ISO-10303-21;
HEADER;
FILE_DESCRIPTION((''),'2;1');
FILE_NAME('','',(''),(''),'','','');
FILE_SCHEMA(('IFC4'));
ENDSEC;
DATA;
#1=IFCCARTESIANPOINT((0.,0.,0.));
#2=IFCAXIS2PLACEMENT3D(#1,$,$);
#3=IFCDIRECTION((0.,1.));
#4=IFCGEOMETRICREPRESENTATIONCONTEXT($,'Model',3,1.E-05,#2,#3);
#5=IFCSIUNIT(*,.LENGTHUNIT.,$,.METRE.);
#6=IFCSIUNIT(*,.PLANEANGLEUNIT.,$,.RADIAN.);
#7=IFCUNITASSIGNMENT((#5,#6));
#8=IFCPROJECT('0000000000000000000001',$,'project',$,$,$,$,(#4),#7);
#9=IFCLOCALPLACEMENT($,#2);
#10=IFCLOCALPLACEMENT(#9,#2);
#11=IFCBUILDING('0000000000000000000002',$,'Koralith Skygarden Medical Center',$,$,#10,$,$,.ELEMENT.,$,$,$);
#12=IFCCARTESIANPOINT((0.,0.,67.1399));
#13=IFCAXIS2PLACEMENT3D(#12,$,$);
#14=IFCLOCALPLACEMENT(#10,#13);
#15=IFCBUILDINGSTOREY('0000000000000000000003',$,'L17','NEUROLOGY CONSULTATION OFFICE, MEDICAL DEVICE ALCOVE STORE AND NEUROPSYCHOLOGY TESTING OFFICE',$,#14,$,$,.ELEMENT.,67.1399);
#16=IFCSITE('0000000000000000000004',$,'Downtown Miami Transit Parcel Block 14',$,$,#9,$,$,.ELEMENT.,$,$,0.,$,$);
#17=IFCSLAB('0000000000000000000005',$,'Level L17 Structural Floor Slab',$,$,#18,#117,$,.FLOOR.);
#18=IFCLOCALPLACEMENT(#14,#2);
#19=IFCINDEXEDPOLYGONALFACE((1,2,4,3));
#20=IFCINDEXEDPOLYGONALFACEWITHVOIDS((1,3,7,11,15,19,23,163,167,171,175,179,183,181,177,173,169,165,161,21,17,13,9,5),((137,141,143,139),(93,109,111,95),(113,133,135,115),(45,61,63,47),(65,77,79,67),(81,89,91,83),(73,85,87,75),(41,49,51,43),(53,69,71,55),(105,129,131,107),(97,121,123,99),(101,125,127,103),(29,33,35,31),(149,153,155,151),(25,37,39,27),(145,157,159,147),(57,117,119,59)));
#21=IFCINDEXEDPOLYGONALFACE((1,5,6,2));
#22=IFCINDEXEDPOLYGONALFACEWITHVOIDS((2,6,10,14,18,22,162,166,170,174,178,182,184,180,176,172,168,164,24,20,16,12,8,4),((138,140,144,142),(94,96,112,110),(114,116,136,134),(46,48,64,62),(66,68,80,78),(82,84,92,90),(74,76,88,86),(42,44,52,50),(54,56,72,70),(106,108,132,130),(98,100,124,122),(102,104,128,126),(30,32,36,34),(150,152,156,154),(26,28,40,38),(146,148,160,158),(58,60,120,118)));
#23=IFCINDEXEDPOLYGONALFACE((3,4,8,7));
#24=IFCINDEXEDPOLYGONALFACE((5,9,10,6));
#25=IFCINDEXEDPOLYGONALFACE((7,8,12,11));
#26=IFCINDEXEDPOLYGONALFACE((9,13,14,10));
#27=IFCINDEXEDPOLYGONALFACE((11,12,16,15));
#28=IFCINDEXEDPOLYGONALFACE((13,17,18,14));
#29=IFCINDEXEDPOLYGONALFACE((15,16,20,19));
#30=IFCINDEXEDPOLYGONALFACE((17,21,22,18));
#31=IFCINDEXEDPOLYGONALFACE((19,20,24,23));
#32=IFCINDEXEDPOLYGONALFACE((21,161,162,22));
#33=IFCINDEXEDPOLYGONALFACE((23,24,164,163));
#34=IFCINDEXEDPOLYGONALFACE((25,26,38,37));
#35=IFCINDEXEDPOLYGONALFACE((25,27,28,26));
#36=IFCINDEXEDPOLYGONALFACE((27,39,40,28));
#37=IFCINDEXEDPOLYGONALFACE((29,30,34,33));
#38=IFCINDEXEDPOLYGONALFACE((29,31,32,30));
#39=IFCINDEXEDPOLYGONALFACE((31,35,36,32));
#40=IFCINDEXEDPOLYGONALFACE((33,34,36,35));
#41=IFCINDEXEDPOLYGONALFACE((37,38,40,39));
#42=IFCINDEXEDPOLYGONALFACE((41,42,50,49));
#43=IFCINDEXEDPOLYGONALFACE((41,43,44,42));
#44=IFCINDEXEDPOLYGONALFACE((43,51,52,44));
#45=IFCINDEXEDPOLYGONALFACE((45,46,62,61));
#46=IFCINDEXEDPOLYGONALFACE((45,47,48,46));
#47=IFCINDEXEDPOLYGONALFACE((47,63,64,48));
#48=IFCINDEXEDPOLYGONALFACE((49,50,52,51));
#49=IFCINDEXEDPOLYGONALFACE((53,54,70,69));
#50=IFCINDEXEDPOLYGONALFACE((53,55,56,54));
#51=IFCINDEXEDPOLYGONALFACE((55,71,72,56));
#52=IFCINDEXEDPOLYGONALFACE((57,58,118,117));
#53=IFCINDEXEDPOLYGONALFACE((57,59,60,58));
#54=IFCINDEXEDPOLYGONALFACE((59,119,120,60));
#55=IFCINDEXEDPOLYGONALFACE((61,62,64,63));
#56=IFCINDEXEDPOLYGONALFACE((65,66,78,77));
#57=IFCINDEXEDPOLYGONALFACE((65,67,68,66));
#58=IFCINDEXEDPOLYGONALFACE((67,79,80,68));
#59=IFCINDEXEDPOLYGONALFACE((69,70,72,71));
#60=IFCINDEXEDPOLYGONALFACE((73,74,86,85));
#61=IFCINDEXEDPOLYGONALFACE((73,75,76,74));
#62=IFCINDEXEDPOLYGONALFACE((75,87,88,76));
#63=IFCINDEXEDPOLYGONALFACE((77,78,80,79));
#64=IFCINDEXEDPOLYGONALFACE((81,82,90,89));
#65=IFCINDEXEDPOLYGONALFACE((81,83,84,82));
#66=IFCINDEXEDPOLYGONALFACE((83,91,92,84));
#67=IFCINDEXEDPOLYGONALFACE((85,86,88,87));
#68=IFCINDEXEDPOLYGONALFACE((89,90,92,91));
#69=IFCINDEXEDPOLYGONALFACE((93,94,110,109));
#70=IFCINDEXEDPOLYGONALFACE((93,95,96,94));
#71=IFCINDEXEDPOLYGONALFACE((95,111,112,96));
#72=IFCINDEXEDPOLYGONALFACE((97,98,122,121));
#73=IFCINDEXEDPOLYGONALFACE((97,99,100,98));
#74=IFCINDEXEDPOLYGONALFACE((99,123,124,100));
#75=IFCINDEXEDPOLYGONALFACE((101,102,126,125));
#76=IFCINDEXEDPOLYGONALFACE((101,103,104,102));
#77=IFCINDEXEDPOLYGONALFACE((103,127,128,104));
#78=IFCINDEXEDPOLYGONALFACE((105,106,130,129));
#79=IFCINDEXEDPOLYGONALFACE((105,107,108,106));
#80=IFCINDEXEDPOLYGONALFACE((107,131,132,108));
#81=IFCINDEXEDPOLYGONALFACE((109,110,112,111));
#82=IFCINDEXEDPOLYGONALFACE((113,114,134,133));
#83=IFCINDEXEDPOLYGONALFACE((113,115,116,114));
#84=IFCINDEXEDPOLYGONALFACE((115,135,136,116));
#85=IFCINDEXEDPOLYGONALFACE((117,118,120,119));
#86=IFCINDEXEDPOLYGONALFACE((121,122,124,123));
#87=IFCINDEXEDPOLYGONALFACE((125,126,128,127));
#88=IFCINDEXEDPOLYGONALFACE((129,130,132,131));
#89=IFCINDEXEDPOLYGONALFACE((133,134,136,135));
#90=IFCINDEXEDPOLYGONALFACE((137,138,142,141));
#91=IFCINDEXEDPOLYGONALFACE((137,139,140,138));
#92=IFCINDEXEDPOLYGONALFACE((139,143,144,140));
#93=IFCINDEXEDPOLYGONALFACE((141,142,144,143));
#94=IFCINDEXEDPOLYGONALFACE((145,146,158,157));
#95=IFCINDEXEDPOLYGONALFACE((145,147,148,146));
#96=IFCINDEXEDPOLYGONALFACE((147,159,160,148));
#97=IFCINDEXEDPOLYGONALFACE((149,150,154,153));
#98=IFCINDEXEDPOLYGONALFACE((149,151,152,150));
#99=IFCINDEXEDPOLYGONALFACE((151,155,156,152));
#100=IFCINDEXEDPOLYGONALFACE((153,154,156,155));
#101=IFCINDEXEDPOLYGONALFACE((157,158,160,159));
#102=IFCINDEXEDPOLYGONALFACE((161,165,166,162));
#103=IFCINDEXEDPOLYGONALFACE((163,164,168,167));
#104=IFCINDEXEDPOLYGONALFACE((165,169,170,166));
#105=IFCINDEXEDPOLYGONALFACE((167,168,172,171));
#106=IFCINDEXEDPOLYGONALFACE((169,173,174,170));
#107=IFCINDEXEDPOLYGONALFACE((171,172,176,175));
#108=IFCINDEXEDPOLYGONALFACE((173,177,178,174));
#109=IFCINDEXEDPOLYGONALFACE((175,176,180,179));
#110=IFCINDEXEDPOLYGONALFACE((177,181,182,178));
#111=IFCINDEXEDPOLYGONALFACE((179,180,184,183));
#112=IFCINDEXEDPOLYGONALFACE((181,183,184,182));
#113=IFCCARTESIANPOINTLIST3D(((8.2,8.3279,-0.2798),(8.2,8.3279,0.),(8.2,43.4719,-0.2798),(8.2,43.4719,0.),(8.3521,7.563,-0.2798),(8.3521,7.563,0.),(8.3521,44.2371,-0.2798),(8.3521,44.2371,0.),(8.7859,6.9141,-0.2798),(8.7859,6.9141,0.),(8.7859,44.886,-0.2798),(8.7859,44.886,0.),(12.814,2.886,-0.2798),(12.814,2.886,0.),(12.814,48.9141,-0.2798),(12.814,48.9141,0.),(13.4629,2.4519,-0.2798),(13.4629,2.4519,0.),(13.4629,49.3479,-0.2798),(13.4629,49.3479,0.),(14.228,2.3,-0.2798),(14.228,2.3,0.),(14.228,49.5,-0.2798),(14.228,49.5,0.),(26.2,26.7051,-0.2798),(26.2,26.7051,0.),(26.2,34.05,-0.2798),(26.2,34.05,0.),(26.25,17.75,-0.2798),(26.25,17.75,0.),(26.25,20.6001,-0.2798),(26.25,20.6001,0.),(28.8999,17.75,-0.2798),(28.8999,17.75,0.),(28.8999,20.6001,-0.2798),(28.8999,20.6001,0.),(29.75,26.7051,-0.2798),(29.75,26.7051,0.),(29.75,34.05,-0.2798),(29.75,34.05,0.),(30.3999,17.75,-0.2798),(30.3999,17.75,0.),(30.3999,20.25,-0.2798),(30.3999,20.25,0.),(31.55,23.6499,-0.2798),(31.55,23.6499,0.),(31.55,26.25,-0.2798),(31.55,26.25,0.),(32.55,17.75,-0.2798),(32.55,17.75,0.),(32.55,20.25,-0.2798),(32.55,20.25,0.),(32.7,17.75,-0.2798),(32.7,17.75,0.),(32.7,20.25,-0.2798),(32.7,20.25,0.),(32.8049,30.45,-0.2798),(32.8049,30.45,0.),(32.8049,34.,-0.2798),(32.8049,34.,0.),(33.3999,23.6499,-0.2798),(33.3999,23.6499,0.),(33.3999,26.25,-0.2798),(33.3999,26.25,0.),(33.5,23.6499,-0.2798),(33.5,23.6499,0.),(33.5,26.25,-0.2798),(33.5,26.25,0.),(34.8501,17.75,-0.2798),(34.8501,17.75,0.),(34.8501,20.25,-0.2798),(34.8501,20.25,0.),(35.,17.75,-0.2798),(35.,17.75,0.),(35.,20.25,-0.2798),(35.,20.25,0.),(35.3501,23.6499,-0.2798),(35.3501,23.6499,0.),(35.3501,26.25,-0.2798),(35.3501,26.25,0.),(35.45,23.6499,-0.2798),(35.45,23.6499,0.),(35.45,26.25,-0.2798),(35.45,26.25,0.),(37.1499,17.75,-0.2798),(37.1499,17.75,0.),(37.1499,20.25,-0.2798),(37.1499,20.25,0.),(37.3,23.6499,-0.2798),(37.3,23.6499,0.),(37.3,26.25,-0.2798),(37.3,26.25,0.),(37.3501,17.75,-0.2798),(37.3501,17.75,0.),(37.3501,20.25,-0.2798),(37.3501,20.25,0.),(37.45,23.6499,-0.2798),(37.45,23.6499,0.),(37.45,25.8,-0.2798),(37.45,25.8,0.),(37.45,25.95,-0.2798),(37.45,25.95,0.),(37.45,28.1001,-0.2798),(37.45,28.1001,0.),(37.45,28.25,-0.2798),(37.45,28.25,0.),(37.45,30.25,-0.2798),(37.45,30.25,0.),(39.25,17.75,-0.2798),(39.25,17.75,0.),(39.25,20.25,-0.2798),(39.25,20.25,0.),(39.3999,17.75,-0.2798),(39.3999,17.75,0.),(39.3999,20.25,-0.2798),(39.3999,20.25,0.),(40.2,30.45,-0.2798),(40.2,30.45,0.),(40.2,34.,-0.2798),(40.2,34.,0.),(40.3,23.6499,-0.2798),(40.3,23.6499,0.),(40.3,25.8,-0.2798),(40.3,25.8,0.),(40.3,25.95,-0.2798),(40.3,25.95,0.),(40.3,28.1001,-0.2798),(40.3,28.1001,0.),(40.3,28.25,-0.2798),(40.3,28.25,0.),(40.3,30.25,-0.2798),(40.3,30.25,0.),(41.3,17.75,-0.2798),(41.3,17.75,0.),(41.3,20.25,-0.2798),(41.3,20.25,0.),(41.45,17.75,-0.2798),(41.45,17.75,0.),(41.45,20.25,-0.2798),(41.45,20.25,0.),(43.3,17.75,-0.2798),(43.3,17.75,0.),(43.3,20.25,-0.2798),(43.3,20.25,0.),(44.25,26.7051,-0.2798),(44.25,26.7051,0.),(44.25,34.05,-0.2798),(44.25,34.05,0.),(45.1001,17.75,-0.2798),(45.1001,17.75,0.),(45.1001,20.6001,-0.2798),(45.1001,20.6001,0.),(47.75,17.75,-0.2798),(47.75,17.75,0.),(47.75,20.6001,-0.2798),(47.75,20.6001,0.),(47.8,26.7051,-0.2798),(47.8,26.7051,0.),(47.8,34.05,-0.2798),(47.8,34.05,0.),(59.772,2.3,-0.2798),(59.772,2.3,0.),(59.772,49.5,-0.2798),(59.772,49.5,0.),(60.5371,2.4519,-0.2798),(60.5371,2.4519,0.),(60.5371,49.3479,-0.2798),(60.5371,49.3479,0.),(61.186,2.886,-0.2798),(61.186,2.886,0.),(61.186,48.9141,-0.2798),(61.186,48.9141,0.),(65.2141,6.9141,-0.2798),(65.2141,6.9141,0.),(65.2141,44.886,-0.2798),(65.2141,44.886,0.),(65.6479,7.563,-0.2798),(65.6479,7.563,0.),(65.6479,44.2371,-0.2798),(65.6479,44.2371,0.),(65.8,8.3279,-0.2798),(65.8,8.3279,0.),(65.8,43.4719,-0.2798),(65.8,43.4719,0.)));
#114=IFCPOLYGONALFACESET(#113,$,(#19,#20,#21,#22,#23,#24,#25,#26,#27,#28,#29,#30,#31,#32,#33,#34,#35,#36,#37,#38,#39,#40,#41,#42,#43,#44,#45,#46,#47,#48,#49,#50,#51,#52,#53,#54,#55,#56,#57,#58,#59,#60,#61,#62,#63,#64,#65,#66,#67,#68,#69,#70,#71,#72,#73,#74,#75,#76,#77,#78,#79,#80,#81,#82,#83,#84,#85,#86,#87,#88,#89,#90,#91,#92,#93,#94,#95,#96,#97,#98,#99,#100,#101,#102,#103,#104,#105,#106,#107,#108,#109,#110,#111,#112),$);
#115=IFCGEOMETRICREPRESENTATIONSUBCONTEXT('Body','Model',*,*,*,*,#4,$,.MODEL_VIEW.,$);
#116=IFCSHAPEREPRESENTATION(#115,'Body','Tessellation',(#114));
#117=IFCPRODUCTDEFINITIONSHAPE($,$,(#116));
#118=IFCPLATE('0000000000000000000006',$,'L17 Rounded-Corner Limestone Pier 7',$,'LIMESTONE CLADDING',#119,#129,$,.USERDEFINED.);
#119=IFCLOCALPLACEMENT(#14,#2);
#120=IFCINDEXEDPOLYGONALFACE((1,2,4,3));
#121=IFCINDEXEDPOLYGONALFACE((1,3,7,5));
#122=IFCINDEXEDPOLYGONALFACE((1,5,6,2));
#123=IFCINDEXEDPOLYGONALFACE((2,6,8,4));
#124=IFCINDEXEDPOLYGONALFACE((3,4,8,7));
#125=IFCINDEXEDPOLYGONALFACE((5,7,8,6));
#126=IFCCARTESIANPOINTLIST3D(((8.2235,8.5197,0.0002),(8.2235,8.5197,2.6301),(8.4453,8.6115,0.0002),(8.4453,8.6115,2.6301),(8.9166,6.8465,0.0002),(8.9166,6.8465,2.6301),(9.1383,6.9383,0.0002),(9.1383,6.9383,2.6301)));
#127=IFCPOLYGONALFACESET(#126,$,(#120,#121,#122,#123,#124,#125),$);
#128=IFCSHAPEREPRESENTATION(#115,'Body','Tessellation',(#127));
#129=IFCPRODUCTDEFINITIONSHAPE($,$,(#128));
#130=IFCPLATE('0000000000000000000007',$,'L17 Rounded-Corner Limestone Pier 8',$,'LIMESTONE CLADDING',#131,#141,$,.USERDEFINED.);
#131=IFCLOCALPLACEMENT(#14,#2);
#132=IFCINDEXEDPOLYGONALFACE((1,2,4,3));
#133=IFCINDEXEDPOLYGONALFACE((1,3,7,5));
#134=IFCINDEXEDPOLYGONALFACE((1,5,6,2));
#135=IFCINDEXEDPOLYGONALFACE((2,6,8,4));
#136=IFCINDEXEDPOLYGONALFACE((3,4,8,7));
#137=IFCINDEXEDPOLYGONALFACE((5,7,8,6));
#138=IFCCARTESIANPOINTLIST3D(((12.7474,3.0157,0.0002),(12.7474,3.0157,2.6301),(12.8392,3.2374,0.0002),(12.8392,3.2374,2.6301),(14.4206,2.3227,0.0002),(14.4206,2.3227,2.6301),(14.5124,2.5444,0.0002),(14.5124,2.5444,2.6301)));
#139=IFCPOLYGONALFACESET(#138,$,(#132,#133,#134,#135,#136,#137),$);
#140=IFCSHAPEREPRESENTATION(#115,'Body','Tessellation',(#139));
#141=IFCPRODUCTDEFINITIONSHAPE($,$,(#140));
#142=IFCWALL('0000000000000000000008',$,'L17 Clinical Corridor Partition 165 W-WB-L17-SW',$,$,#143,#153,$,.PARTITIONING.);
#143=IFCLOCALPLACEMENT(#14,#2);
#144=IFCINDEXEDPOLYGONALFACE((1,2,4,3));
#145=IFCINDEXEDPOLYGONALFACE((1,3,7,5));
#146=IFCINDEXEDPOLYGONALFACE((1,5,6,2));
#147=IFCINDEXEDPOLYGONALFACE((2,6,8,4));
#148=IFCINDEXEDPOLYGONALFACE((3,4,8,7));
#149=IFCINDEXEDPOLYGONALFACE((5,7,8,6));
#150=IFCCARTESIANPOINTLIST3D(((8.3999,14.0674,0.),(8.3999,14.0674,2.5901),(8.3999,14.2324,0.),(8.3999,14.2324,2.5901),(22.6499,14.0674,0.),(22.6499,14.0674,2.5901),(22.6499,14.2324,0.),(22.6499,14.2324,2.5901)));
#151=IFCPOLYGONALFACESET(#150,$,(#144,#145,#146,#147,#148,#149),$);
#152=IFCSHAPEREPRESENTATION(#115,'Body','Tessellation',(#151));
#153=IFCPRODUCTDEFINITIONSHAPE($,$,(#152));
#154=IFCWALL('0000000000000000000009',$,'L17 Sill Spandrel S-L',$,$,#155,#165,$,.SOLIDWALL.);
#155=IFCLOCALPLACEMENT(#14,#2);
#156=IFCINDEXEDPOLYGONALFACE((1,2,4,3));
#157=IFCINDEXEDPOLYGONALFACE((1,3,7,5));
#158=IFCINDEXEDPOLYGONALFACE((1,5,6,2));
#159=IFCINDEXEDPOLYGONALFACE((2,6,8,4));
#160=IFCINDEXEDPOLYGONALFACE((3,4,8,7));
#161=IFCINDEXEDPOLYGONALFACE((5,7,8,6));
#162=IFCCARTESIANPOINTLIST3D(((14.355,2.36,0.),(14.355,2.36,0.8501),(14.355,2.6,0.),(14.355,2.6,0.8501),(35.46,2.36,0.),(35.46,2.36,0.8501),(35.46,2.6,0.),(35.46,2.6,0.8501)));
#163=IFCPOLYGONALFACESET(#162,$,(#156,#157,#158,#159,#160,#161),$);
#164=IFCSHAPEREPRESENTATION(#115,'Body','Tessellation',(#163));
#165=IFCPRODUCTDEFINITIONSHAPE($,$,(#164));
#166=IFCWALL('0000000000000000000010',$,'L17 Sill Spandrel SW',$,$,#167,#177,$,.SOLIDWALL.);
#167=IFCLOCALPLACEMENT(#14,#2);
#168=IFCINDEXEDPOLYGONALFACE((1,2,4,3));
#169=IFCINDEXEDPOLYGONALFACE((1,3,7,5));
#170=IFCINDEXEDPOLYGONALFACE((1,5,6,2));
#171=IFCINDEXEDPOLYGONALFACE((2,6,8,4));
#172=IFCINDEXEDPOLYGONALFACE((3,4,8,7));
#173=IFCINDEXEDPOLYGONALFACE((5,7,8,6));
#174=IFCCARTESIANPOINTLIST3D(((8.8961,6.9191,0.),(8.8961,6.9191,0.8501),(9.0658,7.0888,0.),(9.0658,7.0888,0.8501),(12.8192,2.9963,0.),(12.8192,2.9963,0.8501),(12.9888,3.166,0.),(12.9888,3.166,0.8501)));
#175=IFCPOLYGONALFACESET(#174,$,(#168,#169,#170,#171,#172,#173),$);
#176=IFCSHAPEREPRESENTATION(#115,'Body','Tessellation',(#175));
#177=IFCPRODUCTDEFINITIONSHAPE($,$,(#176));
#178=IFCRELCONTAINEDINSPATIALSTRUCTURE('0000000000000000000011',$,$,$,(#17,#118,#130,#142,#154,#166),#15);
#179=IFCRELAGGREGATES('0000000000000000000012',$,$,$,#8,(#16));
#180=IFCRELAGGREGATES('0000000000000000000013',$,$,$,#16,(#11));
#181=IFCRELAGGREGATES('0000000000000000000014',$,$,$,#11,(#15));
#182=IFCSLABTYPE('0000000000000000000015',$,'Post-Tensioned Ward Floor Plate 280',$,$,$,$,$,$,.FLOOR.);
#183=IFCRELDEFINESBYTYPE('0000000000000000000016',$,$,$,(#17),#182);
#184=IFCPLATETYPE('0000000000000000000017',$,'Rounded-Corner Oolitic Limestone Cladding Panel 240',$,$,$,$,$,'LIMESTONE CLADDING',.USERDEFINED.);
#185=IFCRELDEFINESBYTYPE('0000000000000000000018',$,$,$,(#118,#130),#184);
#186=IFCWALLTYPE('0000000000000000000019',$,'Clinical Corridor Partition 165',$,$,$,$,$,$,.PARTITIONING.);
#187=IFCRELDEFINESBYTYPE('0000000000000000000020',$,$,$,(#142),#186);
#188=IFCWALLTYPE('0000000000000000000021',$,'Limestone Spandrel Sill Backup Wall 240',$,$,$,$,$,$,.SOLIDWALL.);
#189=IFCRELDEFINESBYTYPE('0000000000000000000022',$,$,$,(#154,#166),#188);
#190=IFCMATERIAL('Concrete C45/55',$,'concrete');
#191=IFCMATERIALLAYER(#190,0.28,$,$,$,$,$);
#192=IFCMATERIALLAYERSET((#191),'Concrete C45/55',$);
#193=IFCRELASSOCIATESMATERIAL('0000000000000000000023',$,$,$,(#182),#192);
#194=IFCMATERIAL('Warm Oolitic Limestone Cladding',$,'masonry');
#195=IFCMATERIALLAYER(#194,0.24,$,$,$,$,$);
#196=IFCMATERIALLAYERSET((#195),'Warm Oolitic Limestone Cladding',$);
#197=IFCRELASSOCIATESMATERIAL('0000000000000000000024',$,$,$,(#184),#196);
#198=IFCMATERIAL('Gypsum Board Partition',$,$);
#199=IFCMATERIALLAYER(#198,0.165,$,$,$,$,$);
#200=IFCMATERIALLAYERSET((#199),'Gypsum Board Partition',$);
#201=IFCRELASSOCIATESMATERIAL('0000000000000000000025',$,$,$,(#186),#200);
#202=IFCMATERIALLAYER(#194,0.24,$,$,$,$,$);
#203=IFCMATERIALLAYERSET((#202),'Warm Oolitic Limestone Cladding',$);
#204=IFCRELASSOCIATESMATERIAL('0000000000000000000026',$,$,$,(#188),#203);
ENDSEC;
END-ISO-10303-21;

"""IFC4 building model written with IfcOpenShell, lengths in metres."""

from ifc_helpers import new_model, si_unit, direction, frame, frame_2d, origin, origin_2d, place, context, subcontext, project, spatial, polyline, rectangle, outline, extrude, material, layer, layer_set, type_object, element, save


model = new_model("IFC4")

# Units and contexts
model_context = context("Model", 3, precision=1e-05, world=origin(), true_north=direction((0.0, 1.0)))
body_context = subcontext(model_context, "Body", "Model", "MODEL_VIEW")
ifc_project = project(units=[si_unit("LENGTHUNIT", "METRE"), si_unit("PLANEANGLEUNIT", "RADIAN")], contexts=[model_context])

# Site, building, storey
site_placement = place(None, origin())
site = spatial("IfcSite", under=ifc_project, at=site_placement, Name="Downtown Miami Transit Parcel Block 14", CompositionType="ELEMENT", RefElevation=0.0)
building_placement = place(site_placement, origin())
building = spatial("IfcBuilding", under=site, at=building_placement, Name="Koralith Skygarden Medical Center", CompositionType="ELEMENT")
storey_placement = place(building_placement, frame((0.0, 0.0, 67.1399)))
storey = spatial("IfcBuildingStorey", under=building, at=storey_placement, Name="L17", Description="NEUROLOGY CONSULTATION OFFICE, MEDICAL DEVICE ALCOVE STORE AND NEUROPSYCHOLOGY TESTING OFFICE", CompositionType="ELEMENT", Elevation=67.1399)

# Shared definitions
ifc_material_1 = material(Name="Concrete C45/55", Category="concrete")

# Slab
ifc_layer_1 = layer(ifc_material_1, 0.28)
ifc_layer_set_1 = layer_set([ifc_layer_1], Name="Concrete C45/55")
slab_type_1 = type_object("IfcSlabType", Name="Post-Tensioned Ward Floor Plate 280", PredefinedType="FLOOR", material=ifc_layer_set_1)
slab_1_placement = place(storey_placement, frame((0.0, 0.0, -0.2798)))
element("IfcSlab", 1, at=slab_1_placement, inside=storey, type_object=slab_type_1, Name="Level L17 Structural Floor Slab", PredefinedType="FLOOR", context=body_context, shape_type="SweptSolid", body=[
    extrude(outline(polyline([(12.814, 2.886), (13.4629, 2.4519), (14.228, 2.3), (59.772, 2.3), (60.5371, 2.4519), (61.186, 2.886), (65.2141, 6.9141), (65.6479, 7.563), (65.8, 8.3279), (65.8, 43.4719), (65.6479, 44.2371), (65.2141, 44.886), (61.186, 48.9141), (60.5371, 49.3479), (59.772, 49.5), (14.228, 49.5), (13.4629, 49.3479), (12.814, 48.9141), (8.7859, 44.886), (8.3521, 44.2371), (8.2, 43.4719), (8.2, 8.3279), (8.3521, 7.563), (8.7859, 6.9141), (12.814, 2.886)]), holes=[polyline([(26.2, 26.7051), (29.75, 26.7051), (29.75, 34.05), (26.2, 34.05), (26.2, 26.7051)]), polyline([(44.25, 26.7051), (47.8, 26.7051), (47.8, 34.05), (44.25, 34.05), (44.25, 26.7051)]), polyline([(32.8049, 30.45), (40.2, 30.45), (40.2, 34.0), (32.8049, 34.0), (32.8049, 30.45)]), polyline([(26.25, 17.75), (28.8999, 17.75), (28.8999, 20.6001), (26.25, 20.6001), (26.25, 17.75)]), polyline([(45.1001, 17.75), (47.75, 17.75), (47.75, 20.6001), (45.1001, 20.6001), (45.1001, 17.75)]), polyline([(30.3999, 17.75), (32.55, 17.75), (32.55, 20.25), (30.3999, 20.25), (30.3999, 17.75)]), polyline([(32.7, 17.75), (34.8501, 17.75), (34.8501, 20.25), (32.7, 20.25), (32.7, 17.75)]), polyline([(35.0, 17.75), (37.1499, 17.75), (37.1499, 20.25), (35.0, 20.25), (35.0, 17.75)]), polyline([(37.3501, 17.75), (39.25, 17.75), (39.25, 20.25), (37.3501, 20.25), (37.3501, 17.75)]), polyline([(39.3999, 17.75), (41.3, 17.75), (41.3, 20.25), (39.3999, 20.25), (39.3999, 17.75)]), polyline([(41.45, 17.75), (43.3, 17.75), (43.3, 20.25), (41.45, 20.25), (41.45, 17.75)]), polyline([(31.55, 23.6499), (33.3999, 23.6499), (33.3999, 26.25), (31.55, 26.25), (31.55, 23.6499)]), polyline([(33.5, 23.6499), (35.3501, 23.6499), (35.3501, 26.25), (33.5, 26.25), (33.5, 23.6499)]), polyline([(35.45, 23.6499), (37.3, 23.6499), (37.3, 26.25), (35.45, 26.25), (35.45, 23.6499)]), polyline([(37.45, 23.6499), (40.3, 23.6499), (40.3, 25.8), (37.45, 25.8), (37.45, 23.6499)]), polyline([(37.45, 25.95), (40.3, 25.95), (40.3, 28.1001), (37.45, 28.1001), (37.45, 25.95)]), polyline([(37.45, 28.25), (40.3, 28.25), (40.3, 30.25), (37.45, 30.25), (37.45, 28.25)])]), origin(), (0.0, 0.0, 1.0), 0.2798),
])

# Plates
ifc_material_2 = material(Name="Warm Oolitic Limestone Cladding", Category="masonry")
ifc_layer_2 = layer(ifc_material_2, 0.24)
ifc_layer_set_2 = layer_set([ifc_layer_2], Name="Warm Oolitic Limestone Cladding")
plate_type_1 = type_object("IfcPlateType", Name="Rounded-Corner Oolitic Limestone Cladding Panel 240", ElementType="LIMESTONE CLADDING", PredefinedType="USERDEFINED", material=ifc_layer_set_2)
for number, where, z_axis, x_axis, name in (
    (2, (8.6809, 7.729, 0.0002), (0.0, 0.0, 1.0), (0.382671, -0.923885, 0.0), "L17 Rounded-Corner Limestone Pier 7"),
    (3, (13.6299, 2.78, 0.0002), (0.0, 0.0, 1.0), (0.923885, -0.382671, 0.0), "L17 Rounded-Corner Limestone Pier 8"),
):
    element("IfcPlate", number, at=place(storey_placement, frame(where, z_axis=z_axis, x_axis=x_axis)), inside=storey, type_object=plate_type_1, Name=name, ObjectType="LIMESTONE CLADDING", PredefinedType="USERDEFINED", context=body_context, shape_type="SweptSolid", body=[
        extrude(rectangle(XDim=1.811, YDim=0.24, at=origin_2d()), origin(), (0.0, 0.0, 1.0), 2.6299),
    ])

# Walls
ifc_material_3 = material(Name="Gypsum Board Partition")
ifc_layer_3 = layer(ifc_material_3, 0.165)
ifc_layer_set_3 = layer_set([ifc_layer_3], Name="Gypsum Board Partition")
wall_type_1 = type_object("IfcWallType", Name="Clinical Corridor Partition 165", PredefinedType="PARTITIONING", material=ifc_layer_set_3)
wall_1_placement = place(storey_placement, frame((8.3999, 14.1499, 0.0), z_axis=(0.0, 0.0, 1.0), x_axis=(1.0, 0.0, 0.0)))
element("IfcWall", 4, at=wall_1_placement, inside=storey, type_object=wall_type_1, Name="L17 Clinical Corridor Partition 165 W-WB-L17-SW", PredefinedType="PARTITIONING", context=body_context, shape_type="SweptSolid", body=[
    extrude(rectangle(XDim=14.25, YDim=0.165, at=frame_2d((7.125, 0.0))), origin(), (0.0, 0.0, 1.0), 2.5901),
])
ifc_layer_4 = layer(ifc_material_2, 0.24)
ifc_layer_set_4 = layer_set([ifc_layer_4], Name="Warm Oolitic Limestone Cladding")
wall_type_2 = type_object("IfcWallType", Name="Limestone Spandrel Sill Backup Wall 240", PredefinedType="SOLIDWALL", material=ifc_layer_set_4)
wall_2_placement = place(storey_placement, frame((14.355, 2.48, 0.0), z_axis=(0.0, 0.0, 1.0), x_axis=(1.0, 0.0, 0.0)))
element("IfcWall", 5, at=wall_2_placement, inside=storey, type_object=wall_type_2, Name="L17 Sill Spandrel S-L", PredefinedType="SOLIDWALL", context=body_context, shape_type="SweptSolid", body=[
    extrude(rectangle(XDim=21.105, YDim=0.24, at=frame_2d((10.5525, 0.0))), origin(), (0.0, 0.0, 1.0), 0.8501),
])
wall_3_placement = place(storey_placement, frame((8.981, 7.0039, 0.0), z_axis=(0.0, 0.0, 1.0), x_axis=(0.707129, -0.707085, 0.0)))
element("IfcWall", 6, at=wall_3_placement, inside=storey, type_object=wall_type_2, Name="L17 Sill Spandrel SW", PredefinedType="SOLIDWALL", context=body_context, shape_type="SweptSolid", body=[
    extrude(rectangle(XDim=5.5479, YDim=0.24, at=frame_2d((2.7739, 0.0))), origin(), (0.0, 0.0, 1.0), 0.8501),
])

save(model, "model.ifc")
